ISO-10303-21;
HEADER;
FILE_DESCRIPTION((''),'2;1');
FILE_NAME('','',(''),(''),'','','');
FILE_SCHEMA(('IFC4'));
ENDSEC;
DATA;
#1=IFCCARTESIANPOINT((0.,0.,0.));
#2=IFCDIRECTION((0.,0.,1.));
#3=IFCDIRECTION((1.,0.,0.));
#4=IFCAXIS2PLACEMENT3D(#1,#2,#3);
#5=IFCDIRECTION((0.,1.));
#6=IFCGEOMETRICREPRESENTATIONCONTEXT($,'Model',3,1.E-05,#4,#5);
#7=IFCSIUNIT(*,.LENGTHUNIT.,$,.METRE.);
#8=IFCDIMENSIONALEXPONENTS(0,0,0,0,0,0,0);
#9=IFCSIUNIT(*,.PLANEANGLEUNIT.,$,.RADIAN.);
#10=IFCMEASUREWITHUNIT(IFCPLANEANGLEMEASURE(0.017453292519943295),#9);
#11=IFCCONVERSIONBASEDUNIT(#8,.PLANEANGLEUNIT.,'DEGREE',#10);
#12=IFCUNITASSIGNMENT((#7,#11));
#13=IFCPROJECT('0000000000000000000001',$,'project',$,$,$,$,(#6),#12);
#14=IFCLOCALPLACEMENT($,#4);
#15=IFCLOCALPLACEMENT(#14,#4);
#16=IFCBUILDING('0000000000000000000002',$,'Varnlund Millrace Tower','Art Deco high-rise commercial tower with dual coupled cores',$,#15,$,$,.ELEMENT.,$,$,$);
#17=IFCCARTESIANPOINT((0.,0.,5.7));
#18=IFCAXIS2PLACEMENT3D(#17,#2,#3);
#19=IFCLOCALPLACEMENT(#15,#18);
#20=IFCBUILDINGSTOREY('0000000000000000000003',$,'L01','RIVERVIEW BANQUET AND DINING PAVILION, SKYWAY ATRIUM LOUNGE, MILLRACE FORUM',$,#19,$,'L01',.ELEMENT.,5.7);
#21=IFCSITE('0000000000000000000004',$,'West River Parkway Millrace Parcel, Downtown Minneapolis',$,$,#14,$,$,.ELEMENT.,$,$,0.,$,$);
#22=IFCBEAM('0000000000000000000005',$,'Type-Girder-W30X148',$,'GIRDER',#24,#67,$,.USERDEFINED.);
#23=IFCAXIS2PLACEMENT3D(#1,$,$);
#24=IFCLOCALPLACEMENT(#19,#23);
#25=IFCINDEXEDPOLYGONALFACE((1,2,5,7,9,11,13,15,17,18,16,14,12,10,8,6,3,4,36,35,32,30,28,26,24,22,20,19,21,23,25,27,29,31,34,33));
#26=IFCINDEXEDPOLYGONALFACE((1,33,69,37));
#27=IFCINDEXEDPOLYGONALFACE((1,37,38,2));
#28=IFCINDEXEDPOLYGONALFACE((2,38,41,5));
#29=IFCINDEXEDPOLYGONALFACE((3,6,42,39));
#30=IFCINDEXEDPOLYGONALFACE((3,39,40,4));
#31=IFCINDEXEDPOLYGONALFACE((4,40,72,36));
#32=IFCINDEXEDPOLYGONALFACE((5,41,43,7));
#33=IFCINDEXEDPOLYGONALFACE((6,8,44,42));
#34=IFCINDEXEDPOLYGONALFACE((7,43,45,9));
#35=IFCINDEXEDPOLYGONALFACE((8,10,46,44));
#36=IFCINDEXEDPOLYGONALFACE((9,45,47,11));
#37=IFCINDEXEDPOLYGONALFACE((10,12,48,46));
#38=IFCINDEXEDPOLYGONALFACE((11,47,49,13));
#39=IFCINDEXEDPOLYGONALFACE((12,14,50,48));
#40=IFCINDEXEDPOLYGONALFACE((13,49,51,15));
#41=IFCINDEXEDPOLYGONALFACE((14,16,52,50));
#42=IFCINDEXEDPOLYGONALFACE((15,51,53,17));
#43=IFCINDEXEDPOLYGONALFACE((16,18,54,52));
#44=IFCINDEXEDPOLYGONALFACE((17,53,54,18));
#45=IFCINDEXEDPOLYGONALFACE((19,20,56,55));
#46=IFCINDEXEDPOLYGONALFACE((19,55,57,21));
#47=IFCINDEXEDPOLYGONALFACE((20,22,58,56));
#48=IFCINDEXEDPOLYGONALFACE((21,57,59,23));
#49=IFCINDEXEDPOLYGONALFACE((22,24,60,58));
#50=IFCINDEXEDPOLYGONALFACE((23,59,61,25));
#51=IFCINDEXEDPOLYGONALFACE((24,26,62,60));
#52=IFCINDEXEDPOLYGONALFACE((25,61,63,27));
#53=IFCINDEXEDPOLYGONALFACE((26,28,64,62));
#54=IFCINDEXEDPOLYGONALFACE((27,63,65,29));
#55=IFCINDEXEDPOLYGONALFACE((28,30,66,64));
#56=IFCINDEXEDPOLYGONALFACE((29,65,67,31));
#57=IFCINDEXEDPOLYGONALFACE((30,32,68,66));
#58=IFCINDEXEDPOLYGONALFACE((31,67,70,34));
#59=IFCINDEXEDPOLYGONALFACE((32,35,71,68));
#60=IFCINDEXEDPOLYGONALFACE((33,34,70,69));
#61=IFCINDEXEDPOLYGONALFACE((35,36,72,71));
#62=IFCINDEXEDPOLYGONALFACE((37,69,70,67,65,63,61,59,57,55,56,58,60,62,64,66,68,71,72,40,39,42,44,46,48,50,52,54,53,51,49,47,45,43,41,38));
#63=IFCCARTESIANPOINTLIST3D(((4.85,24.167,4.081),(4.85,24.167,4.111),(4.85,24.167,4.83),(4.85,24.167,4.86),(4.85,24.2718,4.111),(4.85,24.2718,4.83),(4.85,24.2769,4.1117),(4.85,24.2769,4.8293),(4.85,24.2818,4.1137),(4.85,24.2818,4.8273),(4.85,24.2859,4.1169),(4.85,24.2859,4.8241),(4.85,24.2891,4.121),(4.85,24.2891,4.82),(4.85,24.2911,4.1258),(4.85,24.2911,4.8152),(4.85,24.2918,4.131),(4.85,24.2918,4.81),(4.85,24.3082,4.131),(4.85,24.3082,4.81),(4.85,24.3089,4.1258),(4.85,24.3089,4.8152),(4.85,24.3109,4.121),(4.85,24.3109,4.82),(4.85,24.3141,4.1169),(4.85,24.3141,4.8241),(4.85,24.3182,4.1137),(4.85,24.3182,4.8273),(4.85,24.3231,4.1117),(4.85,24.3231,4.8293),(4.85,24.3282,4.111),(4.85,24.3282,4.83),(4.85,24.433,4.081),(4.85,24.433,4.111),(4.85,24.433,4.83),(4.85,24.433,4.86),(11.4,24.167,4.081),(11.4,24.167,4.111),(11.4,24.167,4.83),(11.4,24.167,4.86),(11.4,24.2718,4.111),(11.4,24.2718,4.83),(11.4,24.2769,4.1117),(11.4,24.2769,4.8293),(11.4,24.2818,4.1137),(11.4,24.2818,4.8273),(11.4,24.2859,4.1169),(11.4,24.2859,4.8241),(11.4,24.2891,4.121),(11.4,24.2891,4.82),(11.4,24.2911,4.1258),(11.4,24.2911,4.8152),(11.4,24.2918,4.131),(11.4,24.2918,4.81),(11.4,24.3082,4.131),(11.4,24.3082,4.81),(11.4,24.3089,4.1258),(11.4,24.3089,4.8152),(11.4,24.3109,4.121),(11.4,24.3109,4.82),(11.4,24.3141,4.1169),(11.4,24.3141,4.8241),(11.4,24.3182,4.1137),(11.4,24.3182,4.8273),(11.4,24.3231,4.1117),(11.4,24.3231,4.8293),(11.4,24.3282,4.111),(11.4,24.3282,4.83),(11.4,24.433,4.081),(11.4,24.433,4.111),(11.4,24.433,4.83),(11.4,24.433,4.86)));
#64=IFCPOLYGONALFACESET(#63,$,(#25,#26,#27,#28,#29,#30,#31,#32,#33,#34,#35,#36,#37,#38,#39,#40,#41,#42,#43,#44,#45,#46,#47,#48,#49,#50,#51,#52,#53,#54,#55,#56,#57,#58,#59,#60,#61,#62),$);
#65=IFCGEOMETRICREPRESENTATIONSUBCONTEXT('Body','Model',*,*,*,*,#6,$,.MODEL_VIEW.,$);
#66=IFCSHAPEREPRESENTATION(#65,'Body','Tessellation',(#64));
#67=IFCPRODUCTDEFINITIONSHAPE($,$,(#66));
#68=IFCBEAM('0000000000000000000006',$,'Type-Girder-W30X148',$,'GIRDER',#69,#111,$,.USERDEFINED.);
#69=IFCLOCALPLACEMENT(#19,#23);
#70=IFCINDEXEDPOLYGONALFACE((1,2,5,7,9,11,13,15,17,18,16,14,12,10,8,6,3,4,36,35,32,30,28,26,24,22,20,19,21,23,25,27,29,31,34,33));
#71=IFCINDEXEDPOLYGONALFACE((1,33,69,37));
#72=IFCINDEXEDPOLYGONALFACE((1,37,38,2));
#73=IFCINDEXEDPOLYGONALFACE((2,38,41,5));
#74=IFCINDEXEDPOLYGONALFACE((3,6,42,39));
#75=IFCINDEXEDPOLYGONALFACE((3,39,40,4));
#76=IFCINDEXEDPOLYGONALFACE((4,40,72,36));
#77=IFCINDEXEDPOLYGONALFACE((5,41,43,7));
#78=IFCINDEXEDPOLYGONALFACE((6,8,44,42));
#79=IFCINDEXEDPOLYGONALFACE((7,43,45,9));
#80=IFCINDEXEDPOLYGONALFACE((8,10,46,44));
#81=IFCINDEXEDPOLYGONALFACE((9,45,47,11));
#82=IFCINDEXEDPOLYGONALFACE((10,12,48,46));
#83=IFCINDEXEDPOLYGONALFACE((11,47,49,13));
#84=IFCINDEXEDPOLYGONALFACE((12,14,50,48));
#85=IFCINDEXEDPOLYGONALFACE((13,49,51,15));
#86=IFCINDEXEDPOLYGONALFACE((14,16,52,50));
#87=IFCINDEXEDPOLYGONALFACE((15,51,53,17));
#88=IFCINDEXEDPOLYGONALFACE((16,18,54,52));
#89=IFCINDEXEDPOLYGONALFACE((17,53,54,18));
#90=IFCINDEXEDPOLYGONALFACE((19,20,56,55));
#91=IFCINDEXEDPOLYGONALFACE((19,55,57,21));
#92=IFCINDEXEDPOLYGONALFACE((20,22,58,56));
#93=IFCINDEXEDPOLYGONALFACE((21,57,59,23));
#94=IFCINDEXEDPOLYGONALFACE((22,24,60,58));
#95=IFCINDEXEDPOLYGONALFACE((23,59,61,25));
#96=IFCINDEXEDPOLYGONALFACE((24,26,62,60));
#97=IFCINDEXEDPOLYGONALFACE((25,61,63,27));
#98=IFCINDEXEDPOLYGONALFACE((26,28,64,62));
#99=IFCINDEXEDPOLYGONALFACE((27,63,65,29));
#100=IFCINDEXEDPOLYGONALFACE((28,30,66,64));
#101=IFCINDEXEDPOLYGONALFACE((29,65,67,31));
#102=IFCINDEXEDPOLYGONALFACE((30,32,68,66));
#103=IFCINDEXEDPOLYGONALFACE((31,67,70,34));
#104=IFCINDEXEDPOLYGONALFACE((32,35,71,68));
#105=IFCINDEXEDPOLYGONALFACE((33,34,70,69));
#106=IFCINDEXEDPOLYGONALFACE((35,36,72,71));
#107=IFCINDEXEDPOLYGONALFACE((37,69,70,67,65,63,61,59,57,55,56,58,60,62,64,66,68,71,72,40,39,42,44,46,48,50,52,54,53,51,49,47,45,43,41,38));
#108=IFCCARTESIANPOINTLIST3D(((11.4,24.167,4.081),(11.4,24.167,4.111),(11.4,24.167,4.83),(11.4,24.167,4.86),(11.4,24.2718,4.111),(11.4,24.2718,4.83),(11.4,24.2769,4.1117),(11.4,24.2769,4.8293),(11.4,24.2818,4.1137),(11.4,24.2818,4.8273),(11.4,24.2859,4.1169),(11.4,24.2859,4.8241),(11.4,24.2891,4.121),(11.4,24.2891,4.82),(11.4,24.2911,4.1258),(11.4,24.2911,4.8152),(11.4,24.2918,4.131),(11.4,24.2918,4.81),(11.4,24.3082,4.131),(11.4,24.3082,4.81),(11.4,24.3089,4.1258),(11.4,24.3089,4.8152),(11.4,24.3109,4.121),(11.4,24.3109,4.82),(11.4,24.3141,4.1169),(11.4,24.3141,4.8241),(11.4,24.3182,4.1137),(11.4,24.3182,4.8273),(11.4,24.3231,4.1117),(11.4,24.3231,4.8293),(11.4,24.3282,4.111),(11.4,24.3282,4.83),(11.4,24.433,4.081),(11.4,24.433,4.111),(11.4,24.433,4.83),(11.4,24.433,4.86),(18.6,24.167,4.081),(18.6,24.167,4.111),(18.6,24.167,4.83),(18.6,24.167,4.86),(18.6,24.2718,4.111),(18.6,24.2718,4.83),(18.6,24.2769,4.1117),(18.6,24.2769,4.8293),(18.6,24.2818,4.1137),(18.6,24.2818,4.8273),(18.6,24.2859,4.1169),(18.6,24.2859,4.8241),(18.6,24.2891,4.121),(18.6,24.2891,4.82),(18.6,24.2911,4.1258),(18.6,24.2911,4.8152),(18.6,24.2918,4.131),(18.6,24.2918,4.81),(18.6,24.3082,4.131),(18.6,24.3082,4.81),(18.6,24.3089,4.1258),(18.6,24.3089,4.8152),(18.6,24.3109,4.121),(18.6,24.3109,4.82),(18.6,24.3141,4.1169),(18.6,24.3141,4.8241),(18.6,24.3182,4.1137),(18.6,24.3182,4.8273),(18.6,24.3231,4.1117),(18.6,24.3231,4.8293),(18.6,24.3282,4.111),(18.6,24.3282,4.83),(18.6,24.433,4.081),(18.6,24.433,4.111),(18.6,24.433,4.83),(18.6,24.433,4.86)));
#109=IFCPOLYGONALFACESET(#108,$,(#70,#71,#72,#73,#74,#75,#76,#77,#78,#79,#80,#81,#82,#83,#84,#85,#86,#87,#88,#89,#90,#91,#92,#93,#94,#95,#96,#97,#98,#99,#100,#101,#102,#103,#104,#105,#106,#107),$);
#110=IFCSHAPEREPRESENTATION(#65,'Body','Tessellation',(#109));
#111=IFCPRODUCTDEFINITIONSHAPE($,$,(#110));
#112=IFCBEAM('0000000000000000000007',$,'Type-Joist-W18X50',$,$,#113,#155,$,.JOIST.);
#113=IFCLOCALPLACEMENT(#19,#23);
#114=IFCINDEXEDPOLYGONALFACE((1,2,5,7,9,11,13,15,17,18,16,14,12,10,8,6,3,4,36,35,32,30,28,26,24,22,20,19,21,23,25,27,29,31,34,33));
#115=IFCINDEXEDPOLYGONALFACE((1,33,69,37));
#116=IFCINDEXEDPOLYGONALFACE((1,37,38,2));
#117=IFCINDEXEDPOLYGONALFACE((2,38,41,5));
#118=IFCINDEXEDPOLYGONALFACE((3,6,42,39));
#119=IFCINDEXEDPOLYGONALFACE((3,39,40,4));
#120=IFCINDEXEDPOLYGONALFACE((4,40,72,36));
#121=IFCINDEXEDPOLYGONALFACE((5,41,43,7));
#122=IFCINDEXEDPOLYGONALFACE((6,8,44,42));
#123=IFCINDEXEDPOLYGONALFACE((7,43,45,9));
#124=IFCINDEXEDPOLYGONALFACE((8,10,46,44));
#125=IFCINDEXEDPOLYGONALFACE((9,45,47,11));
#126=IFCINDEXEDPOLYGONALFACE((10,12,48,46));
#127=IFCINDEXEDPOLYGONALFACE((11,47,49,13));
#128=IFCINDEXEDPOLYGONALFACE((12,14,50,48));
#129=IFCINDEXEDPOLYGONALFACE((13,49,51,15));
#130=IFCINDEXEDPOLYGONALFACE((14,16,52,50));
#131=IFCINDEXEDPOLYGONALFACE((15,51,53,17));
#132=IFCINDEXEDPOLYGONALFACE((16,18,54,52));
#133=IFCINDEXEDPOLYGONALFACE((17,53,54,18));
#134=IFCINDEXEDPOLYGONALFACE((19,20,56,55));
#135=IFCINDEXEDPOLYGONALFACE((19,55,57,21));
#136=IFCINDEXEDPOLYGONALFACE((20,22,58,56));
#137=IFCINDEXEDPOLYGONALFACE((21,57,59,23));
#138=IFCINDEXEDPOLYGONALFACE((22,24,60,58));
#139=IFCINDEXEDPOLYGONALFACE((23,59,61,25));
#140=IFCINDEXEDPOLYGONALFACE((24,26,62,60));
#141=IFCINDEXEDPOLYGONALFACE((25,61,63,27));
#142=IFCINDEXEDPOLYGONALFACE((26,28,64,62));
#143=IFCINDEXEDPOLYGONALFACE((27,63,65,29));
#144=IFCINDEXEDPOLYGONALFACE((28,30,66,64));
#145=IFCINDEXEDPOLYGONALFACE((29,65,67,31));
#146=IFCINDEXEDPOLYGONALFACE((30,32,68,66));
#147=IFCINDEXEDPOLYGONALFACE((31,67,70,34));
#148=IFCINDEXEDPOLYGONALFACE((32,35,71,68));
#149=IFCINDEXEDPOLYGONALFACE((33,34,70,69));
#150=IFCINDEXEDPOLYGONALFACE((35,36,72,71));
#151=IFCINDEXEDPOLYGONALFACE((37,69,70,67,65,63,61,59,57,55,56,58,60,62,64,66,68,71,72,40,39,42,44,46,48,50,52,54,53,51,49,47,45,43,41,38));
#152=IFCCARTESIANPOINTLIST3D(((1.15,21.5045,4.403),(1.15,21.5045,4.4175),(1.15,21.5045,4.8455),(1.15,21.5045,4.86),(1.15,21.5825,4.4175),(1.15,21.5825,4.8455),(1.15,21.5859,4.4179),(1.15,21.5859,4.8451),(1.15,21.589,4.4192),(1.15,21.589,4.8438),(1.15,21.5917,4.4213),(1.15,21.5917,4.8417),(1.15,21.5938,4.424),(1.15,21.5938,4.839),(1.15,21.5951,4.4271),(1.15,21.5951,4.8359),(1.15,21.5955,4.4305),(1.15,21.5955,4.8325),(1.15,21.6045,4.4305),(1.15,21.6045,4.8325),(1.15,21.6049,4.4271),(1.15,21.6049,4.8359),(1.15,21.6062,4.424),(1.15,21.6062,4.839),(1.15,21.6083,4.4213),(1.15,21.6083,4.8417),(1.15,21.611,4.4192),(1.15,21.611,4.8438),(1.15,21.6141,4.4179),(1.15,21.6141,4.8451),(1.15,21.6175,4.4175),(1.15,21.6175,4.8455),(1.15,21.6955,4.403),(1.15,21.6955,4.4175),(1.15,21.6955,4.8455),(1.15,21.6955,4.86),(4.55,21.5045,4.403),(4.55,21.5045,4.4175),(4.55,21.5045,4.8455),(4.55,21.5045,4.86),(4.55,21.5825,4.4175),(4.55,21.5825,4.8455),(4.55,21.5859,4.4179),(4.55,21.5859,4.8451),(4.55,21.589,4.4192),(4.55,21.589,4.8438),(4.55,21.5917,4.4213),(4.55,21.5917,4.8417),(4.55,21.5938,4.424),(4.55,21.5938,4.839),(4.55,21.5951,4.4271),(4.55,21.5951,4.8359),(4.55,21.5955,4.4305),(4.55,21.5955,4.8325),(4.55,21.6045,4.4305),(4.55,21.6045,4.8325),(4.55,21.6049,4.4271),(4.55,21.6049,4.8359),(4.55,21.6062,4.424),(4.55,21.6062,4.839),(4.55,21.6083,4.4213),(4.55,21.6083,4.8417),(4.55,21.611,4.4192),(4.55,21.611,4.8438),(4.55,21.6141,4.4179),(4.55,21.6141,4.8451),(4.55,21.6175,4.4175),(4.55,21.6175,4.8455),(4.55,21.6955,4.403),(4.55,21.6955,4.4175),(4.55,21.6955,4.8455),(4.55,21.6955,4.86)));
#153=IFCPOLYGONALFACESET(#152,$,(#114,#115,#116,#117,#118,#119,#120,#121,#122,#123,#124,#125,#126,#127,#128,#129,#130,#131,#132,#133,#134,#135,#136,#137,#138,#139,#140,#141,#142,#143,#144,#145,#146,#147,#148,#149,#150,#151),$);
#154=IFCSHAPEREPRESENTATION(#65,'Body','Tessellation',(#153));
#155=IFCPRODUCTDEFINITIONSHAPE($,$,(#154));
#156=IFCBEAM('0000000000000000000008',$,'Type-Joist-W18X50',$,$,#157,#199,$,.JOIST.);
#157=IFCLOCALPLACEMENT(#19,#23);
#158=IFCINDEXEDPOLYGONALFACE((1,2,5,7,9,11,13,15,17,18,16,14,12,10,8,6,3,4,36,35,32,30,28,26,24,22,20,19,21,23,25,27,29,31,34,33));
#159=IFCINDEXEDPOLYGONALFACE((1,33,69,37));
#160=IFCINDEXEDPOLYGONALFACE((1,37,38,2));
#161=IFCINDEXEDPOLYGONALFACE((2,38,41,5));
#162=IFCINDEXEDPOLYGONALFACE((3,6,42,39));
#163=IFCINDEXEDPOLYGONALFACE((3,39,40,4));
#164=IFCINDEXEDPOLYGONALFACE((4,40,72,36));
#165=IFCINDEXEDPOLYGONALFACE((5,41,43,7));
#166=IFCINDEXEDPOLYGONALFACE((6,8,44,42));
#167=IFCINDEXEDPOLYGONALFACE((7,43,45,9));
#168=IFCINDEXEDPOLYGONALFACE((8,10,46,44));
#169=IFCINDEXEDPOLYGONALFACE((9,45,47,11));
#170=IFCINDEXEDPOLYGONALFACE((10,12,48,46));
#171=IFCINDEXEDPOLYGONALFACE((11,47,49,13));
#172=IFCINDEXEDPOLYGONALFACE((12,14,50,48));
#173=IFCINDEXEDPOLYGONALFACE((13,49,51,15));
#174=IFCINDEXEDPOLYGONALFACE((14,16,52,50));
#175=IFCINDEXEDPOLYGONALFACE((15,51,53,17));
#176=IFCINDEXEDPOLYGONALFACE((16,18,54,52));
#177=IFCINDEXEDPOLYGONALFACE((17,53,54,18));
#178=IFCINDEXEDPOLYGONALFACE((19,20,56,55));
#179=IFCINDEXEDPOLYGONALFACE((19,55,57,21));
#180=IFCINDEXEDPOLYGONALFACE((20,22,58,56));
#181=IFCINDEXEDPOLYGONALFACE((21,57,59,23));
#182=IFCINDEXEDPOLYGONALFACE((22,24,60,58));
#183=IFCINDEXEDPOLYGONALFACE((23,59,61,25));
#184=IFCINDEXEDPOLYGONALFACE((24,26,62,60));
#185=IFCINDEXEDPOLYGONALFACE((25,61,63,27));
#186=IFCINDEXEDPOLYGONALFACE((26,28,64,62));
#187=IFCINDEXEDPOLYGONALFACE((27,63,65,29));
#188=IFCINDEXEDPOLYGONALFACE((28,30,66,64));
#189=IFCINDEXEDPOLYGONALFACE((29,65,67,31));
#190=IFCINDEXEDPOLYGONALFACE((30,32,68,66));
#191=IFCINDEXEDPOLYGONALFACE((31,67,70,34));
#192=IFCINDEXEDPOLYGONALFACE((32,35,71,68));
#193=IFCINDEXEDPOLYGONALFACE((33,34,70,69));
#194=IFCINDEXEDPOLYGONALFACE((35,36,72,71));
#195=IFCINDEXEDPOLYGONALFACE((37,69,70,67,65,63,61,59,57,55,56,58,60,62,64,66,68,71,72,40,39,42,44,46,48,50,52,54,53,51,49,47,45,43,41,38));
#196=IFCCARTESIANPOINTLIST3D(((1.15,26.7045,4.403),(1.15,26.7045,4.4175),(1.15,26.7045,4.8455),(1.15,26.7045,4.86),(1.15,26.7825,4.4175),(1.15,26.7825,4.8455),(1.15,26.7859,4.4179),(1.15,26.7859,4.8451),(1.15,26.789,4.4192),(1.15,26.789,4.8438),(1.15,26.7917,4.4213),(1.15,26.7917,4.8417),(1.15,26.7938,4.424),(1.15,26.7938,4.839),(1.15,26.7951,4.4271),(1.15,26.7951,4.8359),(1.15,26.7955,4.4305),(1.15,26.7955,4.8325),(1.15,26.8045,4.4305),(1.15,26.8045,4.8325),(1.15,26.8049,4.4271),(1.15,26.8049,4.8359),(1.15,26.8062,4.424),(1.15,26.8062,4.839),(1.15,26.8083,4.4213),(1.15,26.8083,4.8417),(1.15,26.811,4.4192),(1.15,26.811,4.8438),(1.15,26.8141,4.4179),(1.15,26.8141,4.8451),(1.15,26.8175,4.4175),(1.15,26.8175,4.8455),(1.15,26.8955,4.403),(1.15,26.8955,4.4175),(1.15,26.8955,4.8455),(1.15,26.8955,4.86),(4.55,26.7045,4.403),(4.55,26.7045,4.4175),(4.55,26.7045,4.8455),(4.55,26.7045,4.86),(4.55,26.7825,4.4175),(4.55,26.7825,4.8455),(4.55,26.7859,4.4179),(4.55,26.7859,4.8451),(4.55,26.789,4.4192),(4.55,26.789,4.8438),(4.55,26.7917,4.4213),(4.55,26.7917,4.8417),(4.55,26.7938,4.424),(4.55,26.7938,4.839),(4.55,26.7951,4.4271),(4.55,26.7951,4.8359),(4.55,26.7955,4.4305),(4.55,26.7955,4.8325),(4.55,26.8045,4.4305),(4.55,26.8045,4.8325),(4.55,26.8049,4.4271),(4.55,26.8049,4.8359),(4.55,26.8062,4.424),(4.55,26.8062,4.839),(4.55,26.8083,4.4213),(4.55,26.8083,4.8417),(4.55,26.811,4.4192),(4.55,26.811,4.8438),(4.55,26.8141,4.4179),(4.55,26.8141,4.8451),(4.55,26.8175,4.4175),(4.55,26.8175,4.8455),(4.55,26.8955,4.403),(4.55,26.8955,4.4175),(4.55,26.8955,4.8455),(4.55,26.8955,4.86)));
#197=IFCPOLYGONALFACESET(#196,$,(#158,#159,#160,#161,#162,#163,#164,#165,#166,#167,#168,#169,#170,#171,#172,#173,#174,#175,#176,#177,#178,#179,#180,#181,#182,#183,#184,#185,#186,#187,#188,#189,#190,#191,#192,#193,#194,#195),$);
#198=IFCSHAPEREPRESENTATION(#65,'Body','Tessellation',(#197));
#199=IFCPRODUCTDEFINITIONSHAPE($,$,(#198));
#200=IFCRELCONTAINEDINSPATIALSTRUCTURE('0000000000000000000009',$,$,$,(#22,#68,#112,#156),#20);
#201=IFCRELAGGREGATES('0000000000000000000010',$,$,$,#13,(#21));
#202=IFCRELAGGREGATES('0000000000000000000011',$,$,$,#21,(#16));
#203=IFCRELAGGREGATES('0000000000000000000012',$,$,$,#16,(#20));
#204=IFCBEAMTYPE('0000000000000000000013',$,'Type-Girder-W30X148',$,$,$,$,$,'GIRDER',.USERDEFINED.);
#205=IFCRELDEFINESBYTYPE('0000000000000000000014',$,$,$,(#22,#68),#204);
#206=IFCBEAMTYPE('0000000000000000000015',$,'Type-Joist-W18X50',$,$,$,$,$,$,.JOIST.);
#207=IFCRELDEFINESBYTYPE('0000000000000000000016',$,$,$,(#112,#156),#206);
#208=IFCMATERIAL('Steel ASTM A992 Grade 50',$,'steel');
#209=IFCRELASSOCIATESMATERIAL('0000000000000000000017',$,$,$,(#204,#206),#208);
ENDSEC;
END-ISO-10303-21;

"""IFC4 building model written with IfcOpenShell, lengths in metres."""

from ifc_helpers import new_model, entity, si_unit, converted_unit, direction, frame, origin_with_axes, origin_2d_with_axis, place, context, subcontext, project, spatial, i_section, extrude, material, material_profile, profile_set, type_object, element, save


model = new_model("IFC4")

# Units and contexts
model_context = context("Model", 3, precision=1e-05, world=origin_with_axes(), true_north=direction((0.0, 1.0)))
body_context = subcontext(model_context, "Body", "Model", "MODEL_VIEW")
ifc_project = project(units=[si_unit("LENGTHUNIT", "METRE"), converted_unit("PLANEANGLEUNIT", "DEGREE", entity("IfcPlaneAngleMeasure", 0.017453292519943295), si_unit("PLANEANGLEUNIT", "RADIAN"), dimensions=[0, 0, 0, 0, 0, 0, 0])], contexts=[model_context])

# Site, building, storey
site_placement = place(None, origin_with_axes())
site = spatial("IfcSite", under=ifc_project, at=site_placement, Name="West River Parkway Millrace Parcel, Downtown Minneapolis", CompositionType="ELEMENT", RefElevation=0.0)
building_placement = place(site_placement, origin_with_axes())
building = spatial("IfcBuilding", under=site, at=building_placement, Name="Varnlund Millrace Tower", Description="Art Deco high-rise commercial tower with dual coupled cores", CompositionType="ELEMENT")
storey_placement = place(building_placement, frame((0.0, 0.0, 5.7), z_axis=(0.0, 0.0, 1.0), x_axis=(1.0, 0.0, 0.0)))
storey = spatial("IfcBuildingStorey", under=building, at=storey_placement, Name="L01", Description="RIVERVIEW BANQUET AND DINING PAVILION, SKYWAY ATRIUM LOUNGE, MILLRACE FORUM", LongName="L01", CompositionType="ELEMENT", Elevation=5.7)

# Beams
ifc_material_1 = material(Name="Steel ASTM A992 Grade 50", Category="steel")
ifc_material_profile_1 = material_profile(ifc_material_1, i_section(OverallWidth=0.266, OverallDepth=0.779, WebThickness=0.0165, FlangeThickness=0.03, FilletRadius=0.02, at=origin_2d_with_axis()), Name="Steel ASTM A992 Grade 50")
ifc_profile_set_1 = profile_set([ifc_material_profile_1], Name="Steel ASTM A992 Grade 50")
beam_type_1 = type_object("IfcBeamType", Name="Type-Girder-W30X148", ElementType="GIRDER", PredefinedType="USERDEFINED", material=ifc_profile_set_1)
beam_1_placement = place(storey_placement, frame((4.85, 24.3, 4.4705), z_axis=(1.0, 0.0, 0.0), x_axis=(0.0, 1.0, 0.0)))
element("IfcBeam", 1, at=beam_1_placement, inside=storey, type_object=beam_type_1, Name="Type-Girder-W30X148", ObjectType="GIRDER", PredefinedType="USERDEFINED", context=body_context, shape_type="SweptSolid", body=[
    extrude(i_section(OverallWidth=0.266, OverallDepth=0.779, WebThickness=0.0165, FlangeThickness=0.03, FilletRadius=0.02, at=origin_2d_with_axis()), origin_with_axes(), (0.0, 0.0, 1.0), 6.55),
])
beam_2_placement = place(storey_placement, frame((11.4, 24.3, 4.4705), z_axis=(1.0, 0.0, 0.0), x_axis=(0.0, 1.0, 0.0)))
element("IfcBeam", 2, at=beam_2_placement, inside=storey, type_object=beam_type_1, Name="Type-Girder-W30X148", ObjectType="GIRDER", PredefinedType="USERDEFINED", context=body_context, shape_type="SweptSolid", body=[
    extrude(i_section(OverallWidth=0.266, OverallDepth=0.779, WebThickness=0.0165, FlangeThickness=0.03, FilletRadius=0.02, at=origin_2d_with_axis()), origin_with_axes(), (0.0, 0.0, 1.0), 7.2),
])
ifc_material_profile_2 = material_profile(ifc_material_1, i_section(OverallWidth=0.191, OverallDepth=0.457, WebThickness=0.009, FlangeThickness=0.0145, FilletRadius=0.013, at=origin_2d_with_axis()), Name="Steel ASTM A992 Grade 50")
ifc_profile_set_2 = profile_set([ifc_material_profile_2], Name="Steel ASTM A992 Grade 50")
beam_type_2 = type_object("IfcBeamType", Name="Type-Joist-W18X50", PredefinedType="JOIST", material=ifc_profile_set_2)
for number, where, z_axis, x_axis, name in (
    (3, (1.15, 21.6, 4.6315), (1.0, 0.0, 0.0), (0.0, 1.0, 0.0), "Type-Joist-W18X50"),
    (4, (1.15, 26.8, 4.6315), (1.0, 0.0, 0.0), (0.0, 1.0, 0.0), "Type-Joist-W18X50"),
):
    element("IfcBeam", number, at=place(storey_placement, frame(where, z_axis=z_axis, x_axis=x_axis)), inside=storey, type_object=beam_type_2, Name=name, PredefinedType="JOIST", context=body_context, shape_type="SweptSolid", body=[
        extrude(i_section(OverallWidth=0.191, OverallDepth=0.457, WebThickness=0.009, FlangeThickness=0.0145, FilletRadius=0.013, at=origin_2d_with_axis()), origin_with_axes(), (0.0, 0.0, 1.0), 3.4),
    ])

save(model, "model.ifc")
